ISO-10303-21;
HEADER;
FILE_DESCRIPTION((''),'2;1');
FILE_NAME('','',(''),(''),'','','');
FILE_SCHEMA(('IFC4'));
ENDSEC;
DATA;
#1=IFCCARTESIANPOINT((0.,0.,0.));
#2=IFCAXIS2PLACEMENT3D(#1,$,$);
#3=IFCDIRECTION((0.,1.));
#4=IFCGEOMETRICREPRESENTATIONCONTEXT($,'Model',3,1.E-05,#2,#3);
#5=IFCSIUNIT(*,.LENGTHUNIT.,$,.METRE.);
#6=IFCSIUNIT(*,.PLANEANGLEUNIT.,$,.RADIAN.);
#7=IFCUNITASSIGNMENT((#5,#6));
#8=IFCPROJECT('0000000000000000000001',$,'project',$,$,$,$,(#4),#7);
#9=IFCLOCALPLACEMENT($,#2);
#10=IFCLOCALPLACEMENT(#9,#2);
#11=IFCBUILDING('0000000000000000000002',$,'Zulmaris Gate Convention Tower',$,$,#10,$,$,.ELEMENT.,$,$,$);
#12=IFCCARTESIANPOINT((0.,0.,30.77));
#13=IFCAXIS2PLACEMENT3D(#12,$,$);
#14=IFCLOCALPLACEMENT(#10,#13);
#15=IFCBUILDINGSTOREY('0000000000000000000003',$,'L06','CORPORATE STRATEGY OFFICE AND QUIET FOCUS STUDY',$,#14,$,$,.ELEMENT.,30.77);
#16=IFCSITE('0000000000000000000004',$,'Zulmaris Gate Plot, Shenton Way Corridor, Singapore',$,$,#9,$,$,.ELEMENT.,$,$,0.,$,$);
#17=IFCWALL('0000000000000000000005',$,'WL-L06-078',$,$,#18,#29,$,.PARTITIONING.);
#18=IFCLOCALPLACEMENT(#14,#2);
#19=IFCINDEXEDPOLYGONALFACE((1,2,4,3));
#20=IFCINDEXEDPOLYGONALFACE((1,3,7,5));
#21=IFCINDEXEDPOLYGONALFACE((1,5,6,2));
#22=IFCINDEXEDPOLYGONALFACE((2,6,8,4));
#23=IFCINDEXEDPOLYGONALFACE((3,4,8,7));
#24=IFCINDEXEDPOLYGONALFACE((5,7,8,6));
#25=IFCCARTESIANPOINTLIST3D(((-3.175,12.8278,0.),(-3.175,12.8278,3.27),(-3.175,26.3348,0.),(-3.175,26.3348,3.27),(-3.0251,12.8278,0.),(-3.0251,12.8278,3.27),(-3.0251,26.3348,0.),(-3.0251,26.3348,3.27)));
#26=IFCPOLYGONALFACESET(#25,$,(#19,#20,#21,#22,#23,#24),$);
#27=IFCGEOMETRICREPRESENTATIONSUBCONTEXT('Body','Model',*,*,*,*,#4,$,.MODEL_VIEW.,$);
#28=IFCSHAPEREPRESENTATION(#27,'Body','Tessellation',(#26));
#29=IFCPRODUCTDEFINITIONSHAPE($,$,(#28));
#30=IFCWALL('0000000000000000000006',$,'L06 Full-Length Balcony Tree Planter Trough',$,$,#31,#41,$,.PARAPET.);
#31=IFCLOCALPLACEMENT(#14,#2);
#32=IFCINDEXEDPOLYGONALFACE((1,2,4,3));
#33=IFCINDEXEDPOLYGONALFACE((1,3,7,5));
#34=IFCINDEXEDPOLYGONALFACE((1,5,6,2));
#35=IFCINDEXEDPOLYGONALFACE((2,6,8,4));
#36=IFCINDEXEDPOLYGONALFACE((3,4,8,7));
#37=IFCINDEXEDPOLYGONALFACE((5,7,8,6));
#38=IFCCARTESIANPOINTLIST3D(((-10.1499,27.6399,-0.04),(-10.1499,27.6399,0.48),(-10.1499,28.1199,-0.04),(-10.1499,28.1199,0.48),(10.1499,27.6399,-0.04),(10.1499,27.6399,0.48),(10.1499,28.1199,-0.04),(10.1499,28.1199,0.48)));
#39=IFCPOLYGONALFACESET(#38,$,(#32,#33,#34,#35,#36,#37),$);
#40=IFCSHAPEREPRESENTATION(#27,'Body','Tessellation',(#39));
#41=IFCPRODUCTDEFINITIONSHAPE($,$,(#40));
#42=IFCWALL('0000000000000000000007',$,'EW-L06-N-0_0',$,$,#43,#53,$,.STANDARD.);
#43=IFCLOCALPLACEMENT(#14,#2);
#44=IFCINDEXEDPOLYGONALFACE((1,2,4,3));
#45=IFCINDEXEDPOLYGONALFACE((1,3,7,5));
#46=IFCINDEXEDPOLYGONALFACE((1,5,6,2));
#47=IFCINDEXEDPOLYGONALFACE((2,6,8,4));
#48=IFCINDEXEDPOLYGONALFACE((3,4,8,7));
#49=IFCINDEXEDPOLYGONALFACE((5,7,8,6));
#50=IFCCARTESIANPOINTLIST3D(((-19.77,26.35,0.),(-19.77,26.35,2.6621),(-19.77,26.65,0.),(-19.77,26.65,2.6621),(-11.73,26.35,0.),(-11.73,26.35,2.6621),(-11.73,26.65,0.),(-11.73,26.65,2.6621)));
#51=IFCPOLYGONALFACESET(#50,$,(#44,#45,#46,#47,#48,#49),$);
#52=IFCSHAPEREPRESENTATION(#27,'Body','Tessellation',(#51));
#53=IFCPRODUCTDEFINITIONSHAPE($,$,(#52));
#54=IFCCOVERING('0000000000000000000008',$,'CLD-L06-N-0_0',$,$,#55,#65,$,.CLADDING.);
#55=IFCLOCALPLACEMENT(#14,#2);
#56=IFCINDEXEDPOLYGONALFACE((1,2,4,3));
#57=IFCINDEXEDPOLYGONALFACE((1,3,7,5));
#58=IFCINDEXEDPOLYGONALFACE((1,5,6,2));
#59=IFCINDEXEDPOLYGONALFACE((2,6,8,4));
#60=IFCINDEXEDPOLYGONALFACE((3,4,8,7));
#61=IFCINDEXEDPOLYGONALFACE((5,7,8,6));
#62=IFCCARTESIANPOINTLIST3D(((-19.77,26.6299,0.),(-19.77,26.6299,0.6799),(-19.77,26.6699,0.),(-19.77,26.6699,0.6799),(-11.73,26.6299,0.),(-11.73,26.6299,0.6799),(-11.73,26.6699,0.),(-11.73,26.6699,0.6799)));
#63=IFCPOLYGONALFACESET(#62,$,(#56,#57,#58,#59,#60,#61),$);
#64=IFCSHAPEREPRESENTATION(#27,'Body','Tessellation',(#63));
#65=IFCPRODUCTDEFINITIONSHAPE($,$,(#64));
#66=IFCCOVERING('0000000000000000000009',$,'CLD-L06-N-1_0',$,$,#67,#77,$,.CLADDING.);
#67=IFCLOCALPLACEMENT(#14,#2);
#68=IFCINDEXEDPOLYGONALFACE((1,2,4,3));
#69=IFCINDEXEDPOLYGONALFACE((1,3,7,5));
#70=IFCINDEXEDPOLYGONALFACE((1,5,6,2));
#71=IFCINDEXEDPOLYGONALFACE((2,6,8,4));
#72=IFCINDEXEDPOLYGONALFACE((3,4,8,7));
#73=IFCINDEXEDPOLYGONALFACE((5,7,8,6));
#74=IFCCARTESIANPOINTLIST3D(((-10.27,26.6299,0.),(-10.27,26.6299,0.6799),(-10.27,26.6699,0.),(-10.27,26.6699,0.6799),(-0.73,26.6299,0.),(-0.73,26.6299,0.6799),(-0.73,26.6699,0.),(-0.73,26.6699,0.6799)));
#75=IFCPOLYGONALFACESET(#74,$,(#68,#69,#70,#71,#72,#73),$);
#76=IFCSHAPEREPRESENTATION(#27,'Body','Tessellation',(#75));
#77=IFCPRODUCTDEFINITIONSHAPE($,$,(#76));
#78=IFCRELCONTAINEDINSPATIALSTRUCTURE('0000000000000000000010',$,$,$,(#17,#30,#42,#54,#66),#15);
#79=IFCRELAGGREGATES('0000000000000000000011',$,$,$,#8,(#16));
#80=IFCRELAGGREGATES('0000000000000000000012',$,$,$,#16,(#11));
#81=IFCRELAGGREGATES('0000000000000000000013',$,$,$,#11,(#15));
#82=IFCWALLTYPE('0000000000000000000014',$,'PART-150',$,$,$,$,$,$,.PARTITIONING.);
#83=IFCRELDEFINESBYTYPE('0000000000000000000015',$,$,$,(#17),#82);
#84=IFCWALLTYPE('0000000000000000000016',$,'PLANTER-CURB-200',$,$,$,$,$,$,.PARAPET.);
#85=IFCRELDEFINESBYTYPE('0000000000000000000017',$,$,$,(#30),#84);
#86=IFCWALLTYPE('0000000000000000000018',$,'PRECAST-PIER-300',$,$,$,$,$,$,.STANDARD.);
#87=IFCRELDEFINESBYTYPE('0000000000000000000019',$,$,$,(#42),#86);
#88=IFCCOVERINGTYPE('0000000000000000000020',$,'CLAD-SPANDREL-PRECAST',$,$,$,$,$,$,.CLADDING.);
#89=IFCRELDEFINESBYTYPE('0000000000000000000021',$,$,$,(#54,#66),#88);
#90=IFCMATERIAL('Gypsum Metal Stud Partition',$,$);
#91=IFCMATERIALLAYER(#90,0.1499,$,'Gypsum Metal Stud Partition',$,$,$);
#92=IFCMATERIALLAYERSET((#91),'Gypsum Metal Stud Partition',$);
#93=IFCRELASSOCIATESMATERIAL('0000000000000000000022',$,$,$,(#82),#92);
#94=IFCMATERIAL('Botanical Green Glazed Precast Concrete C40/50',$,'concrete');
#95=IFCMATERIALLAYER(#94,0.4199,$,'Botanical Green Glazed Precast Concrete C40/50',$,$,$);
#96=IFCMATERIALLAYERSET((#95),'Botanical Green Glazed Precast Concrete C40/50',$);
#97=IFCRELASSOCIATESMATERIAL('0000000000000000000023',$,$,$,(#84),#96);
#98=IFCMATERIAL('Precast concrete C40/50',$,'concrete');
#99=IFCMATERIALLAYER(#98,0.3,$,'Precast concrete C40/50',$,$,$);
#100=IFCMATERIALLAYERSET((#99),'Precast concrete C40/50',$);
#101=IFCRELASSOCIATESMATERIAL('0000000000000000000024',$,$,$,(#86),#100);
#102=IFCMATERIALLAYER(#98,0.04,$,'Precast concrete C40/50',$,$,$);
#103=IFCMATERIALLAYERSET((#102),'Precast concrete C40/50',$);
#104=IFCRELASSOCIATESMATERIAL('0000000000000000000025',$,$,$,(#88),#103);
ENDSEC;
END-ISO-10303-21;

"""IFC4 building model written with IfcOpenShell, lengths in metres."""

from ifc_helpers import new_model, si_unit, direction, frame, frame_2d, origin, place, context, subcontext, project, spatial, rectangle, extrude, material, layer, layer_set, type_object, element, save


model = new_model("IFC4")

# Units and contexts
model_context = context("Model", 3, precision=1e-05, world=origin(), true_north=direction((0.0, 1.0)))
body_context = subcontext(model_context, "Body", "Model", "MODEL_VIEW")
ifc_project = project(units=[si_unit("LENGTHUNIT", "METRE"), si_unit("PLANEANGLEUNIT", "RADIAN")], contexts=[model_context])

# Site, building, storey
site_placement = place(None, origin())
site = spatial("IfcSite", under=ifc_project, at=site_placement, Name="Zulmaris Gate Plot, Shenton Way Corridor, Singapore", CompositionType="ELEMENT", RefElevation=0.0)
building_placement = place(site_placement, origin())
building = spatial("IfcBuilding", under=site, at=building_placement, Name="Zulmaris Gate Convention Tower", CompositionType="ELEMENT")
storey_placement = place(building_placement, frame((0.0, 0.0, 30.77)))
storey = spatial("IfcBuildingStorey", under=building, at=storey_placement, Name="L06", Description="CORPORATE STRATEGY OFFICE AND QUIET FOCUS STUDY", CompositionType="ELEMENT", Elevation=30.77)

# Shared definitions
ifc_material_1 = material(Name="Gypsum Metal Stud Partition")
ifc_layer_1 = layer(ifc_material_1, 0.1499, Name="Gypsum Metal Stud Partition")
ifc_layer_set_1 = layer_set([ifc_layer_1], Name="Gypsum Metal Stud Partition")
wall_type_1 = type_object("IfcWallType", Name="PART-150", PredefinedType="PARTITIONING", material=ifc_layer_set_1)

# Walls
for number, where, z_axis, x_axis, name in (
    (1, (-3.1001, 12.8279, 0.0), (0.0, 0.0, 1.0), (0.0, 1.0, 0.0), "WL-L06-078"),
):
    element("IfcWall", number, at=place(storey_placement, frame(where, z_axis=z_axis, x_axis=x_axis)), inside=storey, type_object=wall_type_1, Name=name, PredefinedType="PARTITIONING", context=body_context, shape_type="SweptSolid", body=[
        extrude(rectangle(XDim=13.5071, YDim=0.1499, at=frame_2d((6.7534, 0.0))), origin(), (0.0, 0.0, 1.0), 3.27),
    ])
ifc_material_2 = material(Name="Botanical Green Glazed Precast Concrete C40/50", Category="concrete")
ifc_layer_2 = layer(ifc_material_2, 0.4199, Name="Botanical Green Glazed Precast Concrete C40/50")
ifc_layer_set_2 = layer_set([ifc_layer_2], Name="Botanical Green Glazed Precast Concrete C40/50")
wall_type_2 = type_object("IfcWallType", Name="PLANTER-CURB-200", PredefinedType="PARAPET", material=ifc_layer_set_2)
wall_1_placement = place(storey_placement, frame((-10.1499, 27.8799, -0.04), z_axis=(0.0, 0.0, 1.0), x_axis=(1.0, 0.0, 0.0)))
element("IfcWall", 2, at=wall_1_placement, inside=storey, type_object=wall_type_2, Name="L06 Full-Length Balcony Tree Planter Trough", PredefinedType="PARAPET", context=body_context, shape_type="SweptSolid", body=[
    extrude(rectangle(XDim=20.2998, YDim=0.48, at=frame_2d((10.1499, 0.0))), origin(), (0.0, 0.0, 1.0), 0.52),
])
ifc_material_3 = material(Name="Precast concrete C40/50", Category="concrete")
ifc_layer_3 = layer(ifc_material_3, 0.3, Name="Precast concrete C40/50")
ifc_layer_set_3 = layer_set([ifc_layer_3], Name="Precast concrete C40/50")
wall_type_3 = type_object("IfcWallType", Name="PRECAST-PIER-300", PredefinedType="STANDARD", material=ifc_layer_set_3)
wall_2_placement = place(storey_placement, frame((-11.73, 26.5, 0.0), z_axis=(0.0, 0.0, 1.0), x_axis=(-1.0, 0.0, 0.0)))
element("IfcWall", 3, at=wall_2_placement, inside=storey, type_object=wall_type_3, Name="EW-L06-N-0_0", PredefinedType="STANDARD", context=body_context, shape_type="SweptSolid", body=[
    extrude(rectangle(XDim=8.04, YDim=0.3, at=frame_2d((4.02, 0.0))), origin(), (0.0, 0.0, 1.0), 2.6621),
])

# Coverings
ifc_layer_4 = layer(ifc_material_3, 0.04, Name="Precast concrete C40/50")
ifc_layer_set_4 = layer_set([ifc_layer_4], Name="Precast concrete C40/50")
covering_type = type_object("IfcCoveringType", Name="CLAD-SPANDREL-PRECAST", PredefinedType="CLADDING", material=ifc_layer_set_4)
covering_1_placement = place(storey_placement, frame((-11.73, 26.6499, 0.0), z_axis=(0.0, 0.0, 1.0), x_axis=(-1.0, 0.0, 0.0)))
element("IfcCovering", 4, at=covering_1_placement, inside=storey, type_object=covering_type, Name="CLD-L06-N-0_0", PredefinedType="CLADDING", context=body_context, shape_type="SweptSolid", body=[
    extrude(rectangle(XDim=8.04, YDim=0.04, at=frame_2d((4.02, 0.0))), origin(), (0.0, 0.0, 1.0), 0.6799),
])
covering_2_placement = place(storey_placement, frame((-0.73, 26.6499, 0.0), z_axis=(0.0, 0.0, 1.0), x_axis=(-1.0, 0.0, 0.0)))
element("IfcCovering", 5, at=covering_2_placement, inside=storey, type_object=covering_type, Name="CLD-L06-N-1_0", PredefinedType="CLADDING", context=body_context, shape_type="SweptSolid", body=[
    extrude(rectangle(XDim=9.54, YDim=0.04, at=frame_2d((4.77, 0.0))), origin(), (0.0, 0.0, 1.0), 0.6799),
])

save(model, "model.ifc")
